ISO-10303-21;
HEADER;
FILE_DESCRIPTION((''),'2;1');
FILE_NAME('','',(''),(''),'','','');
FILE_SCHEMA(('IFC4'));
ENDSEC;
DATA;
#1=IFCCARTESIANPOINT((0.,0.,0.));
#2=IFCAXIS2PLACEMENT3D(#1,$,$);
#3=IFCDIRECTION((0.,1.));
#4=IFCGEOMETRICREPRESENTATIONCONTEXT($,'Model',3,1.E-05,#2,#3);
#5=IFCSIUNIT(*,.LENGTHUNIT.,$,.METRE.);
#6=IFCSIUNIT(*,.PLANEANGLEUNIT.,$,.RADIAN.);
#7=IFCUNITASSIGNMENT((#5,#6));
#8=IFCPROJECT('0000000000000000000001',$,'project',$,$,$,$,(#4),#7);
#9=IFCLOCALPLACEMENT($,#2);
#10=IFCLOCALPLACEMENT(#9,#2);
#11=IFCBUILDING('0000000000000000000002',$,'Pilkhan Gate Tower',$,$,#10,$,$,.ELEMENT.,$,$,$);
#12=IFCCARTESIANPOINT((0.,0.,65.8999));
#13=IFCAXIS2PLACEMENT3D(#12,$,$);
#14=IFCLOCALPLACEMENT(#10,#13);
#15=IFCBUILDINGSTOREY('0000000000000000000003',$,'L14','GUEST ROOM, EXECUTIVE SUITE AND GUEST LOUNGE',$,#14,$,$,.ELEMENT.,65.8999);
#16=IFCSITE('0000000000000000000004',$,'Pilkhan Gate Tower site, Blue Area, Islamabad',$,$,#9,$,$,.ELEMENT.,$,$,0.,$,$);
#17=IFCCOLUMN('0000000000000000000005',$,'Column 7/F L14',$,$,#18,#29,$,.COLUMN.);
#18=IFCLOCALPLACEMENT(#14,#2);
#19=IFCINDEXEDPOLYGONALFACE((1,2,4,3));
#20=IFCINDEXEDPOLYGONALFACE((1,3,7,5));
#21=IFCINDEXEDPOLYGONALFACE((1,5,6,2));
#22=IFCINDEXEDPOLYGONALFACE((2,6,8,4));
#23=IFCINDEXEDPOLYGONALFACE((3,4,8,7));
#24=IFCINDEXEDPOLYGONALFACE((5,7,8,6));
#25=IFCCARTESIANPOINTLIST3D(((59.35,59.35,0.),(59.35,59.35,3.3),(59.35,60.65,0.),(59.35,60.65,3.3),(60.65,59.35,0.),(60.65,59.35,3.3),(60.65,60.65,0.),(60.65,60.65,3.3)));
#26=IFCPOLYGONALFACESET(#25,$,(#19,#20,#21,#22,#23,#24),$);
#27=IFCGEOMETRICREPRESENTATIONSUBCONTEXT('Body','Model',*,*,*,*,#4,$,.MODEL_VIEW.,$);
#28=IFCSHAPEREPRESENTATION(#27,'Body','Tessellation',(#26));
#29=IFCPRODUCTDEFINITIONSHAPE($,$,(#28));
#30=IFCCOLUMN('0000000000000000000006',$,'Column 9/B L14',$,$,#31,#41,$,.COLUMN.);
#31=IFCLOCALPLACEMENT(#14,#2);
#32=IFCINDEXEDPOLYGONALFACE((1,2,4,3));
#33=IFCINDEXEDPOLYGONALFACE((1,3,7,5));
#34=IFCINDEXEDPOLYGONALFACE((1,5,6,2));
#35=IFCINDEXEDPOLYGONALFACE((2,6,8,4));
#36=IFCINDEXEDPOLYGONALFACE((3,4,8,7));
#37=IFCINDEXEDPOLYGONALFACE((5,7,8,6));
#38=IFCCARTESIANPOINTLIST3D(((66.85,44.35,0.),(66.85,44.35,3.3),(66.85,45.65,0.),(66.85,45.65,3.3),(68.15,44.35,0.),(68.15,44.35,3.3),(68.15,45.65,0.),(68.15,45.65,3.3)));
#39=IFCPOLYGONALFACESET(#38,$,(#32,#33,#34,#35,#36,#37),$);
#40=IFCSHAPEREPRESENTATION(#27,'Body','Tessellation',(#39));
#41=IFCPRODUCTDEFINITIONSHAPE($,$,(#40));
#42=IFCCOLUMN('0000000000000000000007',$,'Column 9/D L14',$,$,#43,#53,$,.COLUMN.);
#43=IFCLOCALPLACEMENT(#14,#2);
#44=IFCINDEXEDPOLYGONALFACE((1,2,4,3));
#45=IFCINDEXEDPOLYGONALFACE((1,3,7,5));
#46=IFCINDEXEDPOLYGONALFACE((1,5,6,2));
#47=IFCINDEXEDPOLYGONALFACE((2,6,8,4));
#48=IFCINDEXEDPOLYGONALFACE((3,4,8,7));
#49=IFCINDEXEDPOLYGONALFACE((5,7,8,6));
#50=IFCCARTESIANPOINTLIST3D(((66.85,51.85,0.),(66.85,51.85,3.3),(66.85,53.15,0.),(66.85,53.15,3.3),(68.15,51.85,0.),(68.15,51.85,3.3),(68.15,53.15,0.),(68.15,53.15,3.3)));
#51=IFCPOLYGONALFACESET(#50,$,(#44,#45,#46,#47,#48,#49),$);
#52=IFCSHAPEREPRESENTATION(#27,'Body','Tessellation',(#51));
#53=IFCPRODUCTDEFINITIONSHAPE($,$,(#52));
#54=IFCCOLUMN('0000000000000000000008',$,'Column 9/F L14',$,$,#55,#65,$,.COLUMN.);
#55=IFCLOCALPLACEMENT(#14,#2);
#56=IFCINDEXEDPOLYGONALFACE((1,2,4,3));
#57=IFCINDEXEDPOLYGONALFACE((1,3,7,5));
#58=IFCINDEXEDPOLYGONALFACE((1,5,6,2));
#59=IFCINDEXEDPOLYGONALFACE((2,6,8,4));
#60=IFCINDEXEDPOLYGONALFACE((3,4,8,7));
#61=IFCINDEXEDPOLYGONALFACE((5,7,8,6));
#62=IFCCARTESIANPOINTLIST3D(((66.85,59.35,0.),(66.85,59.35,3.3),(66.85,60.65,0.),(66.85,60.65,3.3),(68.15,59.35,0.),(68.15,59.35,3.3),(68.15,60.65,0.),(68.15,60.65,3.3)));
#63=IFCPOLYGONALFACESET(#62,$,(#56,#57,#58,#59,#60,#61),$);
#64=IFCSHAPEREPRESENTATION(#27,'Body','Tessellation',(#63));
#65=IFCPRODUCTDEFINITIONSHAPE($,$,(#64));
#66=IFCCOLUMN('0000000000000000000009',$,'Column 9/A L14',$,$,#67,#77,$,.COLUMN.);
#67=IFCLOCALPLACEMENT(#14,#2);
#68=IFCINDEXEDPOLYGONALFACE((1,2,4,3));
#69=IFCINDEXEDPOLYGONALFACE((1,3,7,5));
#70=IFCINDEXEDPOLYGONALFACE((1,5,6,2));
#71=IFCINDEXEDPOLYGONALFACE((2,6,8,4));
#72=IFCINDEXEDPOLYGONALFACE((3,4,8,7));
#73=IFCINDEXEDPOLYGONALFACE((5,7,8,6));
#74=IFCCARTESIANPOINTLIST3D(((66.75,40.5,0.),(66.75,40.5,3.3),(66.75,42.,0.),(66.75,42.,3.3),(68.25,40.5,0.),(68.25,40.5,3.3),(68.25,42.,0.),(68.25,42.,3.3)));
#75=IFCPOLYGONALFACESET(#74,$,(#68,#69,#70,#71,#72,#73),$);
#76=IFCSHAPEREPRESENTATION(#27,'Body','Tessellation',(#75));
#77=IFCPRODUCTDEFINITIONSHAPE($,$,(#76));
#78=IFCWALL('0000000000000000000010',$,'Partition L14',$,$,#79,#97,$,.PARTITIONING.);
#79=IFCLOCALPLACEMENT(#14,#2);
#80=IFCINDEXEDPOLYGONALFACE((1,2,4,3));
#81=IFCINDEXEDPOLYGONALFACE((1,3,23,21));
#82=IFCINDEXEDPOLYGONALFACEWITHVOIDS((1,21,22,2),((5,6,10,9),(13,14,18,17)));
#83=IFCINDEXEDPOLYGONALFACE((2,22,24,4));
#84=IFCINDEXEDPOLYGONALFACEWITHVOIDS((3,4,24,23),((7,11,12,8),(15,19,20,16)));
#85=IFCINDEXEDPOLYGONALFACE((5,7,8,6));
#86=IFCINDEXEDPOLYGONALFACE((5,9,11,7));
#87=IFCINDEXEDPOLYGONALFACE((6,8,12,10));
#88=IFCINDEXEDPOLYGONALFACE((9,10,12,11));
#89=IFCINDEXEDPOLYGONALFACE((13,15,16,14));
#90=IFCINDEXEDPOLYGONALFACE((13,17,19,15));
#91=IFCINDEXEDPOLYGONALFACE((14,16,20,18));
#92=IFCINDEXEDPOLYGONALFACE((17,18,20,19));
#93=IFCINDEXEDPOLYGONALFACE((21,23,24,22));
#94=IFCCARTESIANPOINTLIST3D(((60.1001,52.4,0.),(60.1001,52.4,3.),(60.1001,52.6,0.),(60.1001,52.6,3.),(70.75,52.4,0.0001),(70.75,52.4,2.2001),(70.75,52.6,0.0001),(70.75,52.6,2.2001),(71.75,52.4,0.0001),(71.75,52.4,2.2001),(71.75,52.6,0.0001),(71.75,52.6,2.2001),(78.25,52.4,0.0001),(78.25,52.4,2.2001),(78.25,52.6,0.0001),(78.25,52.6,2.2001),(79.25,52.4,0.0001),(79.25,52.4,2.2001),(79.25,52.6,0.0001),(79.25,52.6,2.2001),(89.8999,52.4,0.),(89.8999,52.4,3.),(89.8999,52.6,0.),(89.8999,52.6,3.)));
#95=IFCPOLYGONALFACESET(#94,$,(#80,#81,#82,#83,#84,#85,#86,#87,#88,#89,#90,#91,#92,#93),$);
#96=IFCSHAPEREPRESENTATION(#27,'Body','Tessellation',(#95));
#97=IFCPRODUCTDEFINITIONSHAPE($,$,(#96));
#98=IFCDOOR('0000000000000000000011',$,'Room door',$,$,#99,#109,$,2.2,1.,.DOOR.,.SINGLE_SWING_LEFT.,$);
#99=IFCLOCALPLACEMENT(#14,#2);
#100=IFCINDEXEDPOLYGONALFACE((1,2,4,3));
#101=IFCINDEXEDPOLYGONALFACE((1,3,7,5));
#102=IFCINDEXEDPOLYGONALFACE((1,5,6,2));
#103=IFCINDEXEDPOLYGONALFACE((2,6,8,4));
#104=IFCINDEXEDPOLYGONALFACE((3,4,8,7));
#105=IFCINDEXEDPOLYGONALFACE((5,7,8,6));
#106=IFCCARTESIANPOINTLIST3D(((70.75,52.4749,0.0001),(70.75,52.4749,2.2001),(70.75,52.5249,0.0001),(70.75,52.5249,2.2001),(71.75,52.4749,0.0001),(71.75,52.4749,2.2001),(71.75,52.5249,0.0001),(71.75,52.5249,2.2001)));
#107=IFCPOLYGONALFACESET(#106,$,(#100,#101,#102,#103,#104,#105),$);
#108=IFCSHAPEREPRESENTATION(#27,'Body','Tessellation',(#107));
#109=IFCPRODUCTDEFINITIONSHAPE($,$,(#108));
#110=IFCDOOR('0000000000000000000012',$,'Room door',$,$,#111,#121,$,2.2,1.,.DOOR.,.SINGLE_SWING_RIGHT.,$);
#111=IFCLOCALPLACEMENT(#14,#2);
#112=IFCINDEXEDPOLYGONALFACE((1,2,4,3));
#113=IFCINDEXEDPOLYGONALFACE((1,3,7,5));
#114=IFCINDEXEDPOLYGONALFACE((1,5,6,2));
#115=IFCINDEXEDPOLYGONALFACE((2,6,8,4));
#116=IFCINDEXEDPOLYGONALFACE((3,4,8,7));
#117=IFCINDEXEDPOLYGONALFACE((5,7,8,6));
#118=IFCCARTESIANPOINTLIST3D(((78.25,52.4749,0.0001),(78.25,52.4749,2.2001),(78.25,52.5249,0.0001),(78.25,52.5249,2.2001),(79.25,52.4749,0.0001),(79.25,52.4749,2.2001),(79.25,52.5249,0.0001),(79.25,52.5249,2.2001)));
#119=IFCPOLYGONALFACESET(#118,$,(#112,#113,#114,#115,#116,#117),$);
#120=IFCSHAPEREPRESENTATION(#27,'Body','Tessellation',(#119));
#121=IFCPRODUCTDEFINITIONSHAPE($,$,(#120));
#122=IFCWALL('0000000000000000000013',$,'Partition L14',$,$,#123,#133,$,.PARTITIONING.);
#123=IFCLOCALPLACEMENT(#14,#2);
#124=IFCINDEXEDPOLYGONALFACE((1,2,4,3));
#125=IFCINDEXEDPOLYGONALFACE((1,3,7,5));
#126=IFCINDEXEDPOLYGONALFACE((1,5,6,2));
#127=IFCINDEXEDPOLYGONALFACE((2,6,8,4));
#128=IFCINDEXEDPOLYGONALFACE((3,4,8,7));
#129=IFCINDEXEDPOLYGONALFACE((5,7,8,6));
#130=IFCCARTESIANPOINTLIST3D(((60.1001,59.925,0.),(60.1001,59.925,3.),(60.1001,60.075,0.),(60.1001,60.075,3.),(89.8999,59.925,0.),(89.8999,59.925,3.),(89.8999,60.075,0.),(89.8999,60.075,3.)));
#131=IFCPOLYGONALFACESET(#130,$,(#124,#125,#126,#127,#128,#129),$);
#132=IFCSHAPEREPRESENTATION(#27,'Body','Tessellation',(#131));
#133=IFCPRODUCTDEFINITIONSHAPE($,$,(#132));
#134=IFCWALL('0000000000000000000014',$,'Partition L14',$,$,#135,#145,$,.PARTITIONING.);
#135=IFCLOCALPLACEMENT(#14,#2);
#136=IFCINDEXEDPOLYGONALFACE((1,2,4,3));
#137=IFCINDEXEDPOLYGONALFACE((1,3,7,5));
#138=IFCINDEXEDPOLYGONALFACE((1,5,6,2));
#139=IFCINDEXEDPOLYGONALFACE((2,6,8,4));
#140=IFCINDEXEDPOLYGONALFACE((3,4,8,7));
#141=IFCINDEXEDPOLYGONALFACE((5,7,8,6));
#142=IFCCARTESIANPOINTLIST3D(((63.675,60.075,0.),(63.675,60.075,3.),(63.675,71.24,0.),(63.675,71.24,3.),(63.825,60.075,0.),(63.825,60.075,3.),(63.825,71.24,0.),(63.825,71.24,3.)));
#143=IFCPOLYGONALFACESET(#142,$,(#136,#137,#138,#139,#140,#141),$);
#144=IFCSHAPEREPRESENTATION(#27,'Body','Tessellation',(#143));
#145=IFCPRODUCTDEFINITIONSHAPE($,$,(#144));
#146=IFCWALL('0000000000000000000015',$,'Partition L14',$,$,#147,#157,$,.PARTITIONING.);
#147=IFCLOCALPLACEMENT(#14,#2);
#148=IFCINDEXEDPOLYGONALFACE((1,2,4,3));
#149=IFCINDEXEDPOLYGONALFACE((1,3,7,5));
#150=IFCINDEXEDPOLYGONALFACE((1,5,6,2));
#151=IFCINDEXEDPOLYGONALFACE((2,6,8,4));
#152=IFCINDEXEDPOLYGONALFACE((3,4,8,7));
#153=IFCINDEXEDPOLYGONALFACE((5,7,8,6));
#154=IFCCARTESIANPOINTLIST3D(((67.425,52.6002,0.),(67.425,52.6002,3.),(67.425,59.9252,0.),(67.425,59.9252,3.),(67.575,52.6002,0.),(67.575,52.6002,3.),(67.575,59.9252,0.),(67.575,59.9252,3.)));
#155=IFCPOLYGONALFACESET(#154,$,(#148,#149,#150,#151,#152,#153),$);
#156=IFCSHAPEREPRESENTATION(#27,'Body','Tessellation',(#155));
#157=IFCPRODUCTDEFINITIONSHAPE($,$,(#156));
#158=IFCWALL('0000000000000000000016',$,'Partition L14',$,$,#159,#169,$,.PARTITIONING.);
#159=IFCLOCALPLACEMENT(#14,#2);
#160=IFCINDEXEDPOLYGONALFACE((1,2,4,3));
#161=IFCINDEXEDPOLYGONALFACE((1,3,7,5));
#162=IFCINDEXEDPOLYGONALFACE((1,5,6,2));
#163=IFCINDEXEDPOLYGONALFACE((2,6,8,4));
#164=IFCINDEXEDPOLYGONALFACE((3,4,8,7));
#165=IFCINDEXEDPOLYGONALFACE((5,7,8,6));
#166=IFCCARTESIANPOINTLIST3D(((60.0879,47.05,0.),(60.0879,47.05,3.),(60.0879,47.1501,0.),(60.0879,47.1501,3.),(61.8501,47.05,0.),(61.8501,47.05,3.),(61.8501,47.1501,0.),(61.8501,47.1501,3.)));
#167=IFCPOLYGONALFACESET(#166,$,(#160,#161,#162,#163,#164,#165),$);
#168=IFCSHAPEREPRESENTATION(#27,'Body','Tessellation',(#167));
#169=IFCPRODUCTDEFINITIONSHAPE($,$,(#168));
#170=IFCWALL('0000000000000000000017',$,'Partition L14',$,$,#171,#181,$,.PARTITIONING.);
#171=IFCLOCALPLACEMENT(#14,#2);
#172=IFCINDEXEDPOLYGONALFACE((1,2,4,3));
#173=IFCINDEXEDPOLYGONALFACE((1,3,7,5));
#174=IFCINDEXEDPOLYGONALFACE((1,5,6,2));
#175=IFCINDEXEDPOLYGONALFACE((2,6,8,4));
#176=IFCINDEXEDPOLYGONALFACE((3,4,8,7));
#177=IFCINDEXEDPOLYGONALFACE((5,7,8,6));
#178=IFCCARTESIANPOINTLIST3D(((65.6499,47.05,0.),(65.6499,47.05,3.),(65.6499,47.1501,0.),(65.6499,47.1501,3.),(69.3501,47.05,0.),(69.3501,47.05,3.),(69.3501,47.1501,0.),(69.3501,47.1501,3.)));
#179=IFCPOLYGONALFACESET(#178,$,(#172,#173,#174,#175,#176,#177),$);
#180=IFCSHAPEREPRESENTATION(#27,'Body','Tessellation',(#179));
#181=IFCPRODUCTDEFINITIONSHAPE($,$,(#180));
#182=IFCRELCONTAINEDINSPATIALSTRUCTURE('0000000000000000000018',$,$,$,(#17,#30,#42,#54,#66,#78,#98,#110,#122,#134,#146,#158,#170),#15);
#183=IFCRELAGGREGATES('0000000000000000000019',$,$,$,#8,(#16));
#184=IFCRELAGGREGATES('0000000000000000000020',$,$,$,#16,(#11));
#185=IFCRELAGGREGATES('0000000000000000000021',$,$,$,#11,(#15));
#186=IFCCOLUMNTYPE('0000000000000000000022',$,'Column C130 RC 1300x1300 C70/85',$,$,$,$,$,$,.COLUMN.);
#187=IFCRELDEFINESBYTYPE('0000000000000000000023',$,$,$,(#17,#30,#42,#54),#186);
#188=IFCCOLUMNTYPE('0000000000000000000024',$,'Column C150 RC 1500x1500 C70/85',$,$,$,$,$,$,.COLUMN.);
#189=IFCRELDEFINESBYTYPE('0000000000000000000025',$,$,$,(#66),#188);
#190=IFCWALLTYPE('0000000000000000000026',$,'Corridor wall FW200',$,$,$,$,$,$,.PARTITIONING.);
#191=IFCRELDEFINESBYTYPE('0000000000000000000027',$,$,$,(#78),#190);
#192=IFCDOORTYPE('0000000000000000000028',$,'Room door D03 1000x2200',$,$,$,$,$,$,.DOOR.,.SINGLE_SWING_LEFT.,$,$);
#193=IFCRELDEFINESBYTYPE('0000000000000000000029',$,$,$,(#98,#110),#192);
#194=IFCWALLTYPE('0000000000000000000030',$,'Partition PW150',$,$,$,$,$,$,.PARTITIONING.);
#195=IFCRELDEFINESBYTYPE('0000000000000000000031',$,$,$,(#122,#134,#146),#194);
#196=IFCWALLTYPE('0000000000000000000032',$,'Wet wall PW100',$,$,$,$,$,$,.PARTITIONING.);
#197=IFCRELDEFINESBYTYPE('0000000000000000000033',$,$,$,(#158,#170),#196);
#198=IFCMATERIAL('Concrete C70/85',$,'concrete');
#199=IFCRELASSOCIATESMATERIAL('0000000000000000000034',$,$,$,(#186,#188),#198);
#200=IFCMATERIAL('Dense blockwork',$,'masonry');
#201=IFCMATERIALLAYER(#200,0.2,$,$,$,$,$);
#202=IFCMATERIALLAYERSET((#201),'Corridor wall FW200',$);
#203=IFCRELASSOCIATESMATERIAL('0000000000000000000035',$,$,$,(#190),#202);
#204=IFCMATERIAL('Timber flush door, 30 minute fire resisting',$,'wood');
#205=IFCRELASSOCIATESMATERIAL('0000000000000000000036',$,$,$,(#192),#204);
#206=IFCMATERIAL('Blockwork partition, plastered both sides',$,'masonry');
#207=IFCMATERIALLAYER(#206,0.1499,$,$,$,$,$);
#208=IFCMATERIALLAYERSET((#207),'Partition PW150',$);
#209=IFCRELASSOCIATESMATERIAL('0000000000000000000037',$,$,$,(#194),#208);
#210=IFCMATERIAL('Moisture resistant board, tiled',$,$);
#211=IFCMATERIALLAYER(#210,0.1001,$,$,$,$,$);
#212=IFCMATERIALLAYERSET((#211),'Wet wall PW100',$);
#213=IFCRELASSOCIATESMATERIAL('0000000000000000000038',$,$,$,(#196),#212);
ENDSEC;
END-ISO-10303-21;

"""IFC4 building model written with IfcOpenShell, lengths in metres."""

from ifc_helpers import new_model, si_unit, direction, frame, frame_2d, origin, origin_2d, place, context, subcontext, project, spatial, rectangle, extrude, material, layer, layer_set, material_profile, profile_set, type_object, element, fill, save


model = new_model("IFC4")

# Units and contexts
model_context = context("Model", 3, precision=1e-05, world=origin(), true_north=direction((0.0, 1.0)))
body_context = subcontext(model_context, "Body", "Model", "MODEL_VIEW")
ifc_project = project(units=[si_unit("LENGTHUNIT", "METRE"), si_unit("PLANEANGLEUNIT", "RADIAN")], contexts=[model_context])

# Site, building, storey
site_placement = place(None, origin())
site = spatial("IfcSite", under=ifc_project, at=site_placement, Name="Pilkhan Gate Tower site, Blue Area, Islamabad", CompositionType="ELEMENT", RefElevation=0.0)
building_placement = place(site_placement, origin())
building = spatial("IfcBuilding", under=site, at=building_placement, Name="Pilkhan Gate Tower", CompositionType="ELEMENT")
storey_placement = place(building_placement, frame((0.0, 0.0, 65.8999)))
storey = spatial("IfcBuildingStorey", under=building, at=storey_placement, Name="L14", Description="GUEST ROOM, EXECUTIVE SUITE AND GUEST LOUNGE", CompositionType="ELEMENT", Elevation=65.8999)

# Columns
ifc_material_1 = material(Name="Concrete C70/85", Category="concrete")
ifc_material_profile_1 = material_profile(ifc_material_1, rectangle(XDim=1.3, YDim=1.3, at=origin_2d()), Name="RC 1300x1300")
ifc_profile_set_1 = profile_set([ifc_material_profile_1], Name="Concrete C70/85")
column_type_1 = type_object("IfcColumnType", Name="Column C130 RC 1300x1300 C70/85", PredefinedType="COLUMN", material=ifc_profile_set_1)
for number, where, z_axis, x_axis, name in (
    (1, (60.0, 60.0, 0.0), (0.0, 0.0, 1.0), (1.0, 0.0, 0.0), "Column 7/F L14"),
    (2, (67.5, 45.0, 0.0), (0.0, 0.0, 1.0), (1.0, 0.0, 0.0), "Column 9/B L14"),
    (3, (67.5, 52.5, 0.0), (0.0, 0.0, 1.0), (1.0, 0.0, 0.0), "Column 9/D L14"),
    (4, (67.5, 60.0, 0.0), (0.0, 0.0, 1.0), (1.0, 0.0, 0.0), "Column 9/F L14"),
):
    element("IfcColumn", number, at=place(storey_placement, frame(where, z_axis=z_axis, x_axis=x_axis)), inside=storey, type_object=column_type_1, Name=name, PredefinedType="COLUMN", context=body_context, shape_type="SweptSolid", body=[
        extrude(rectangle(XDim=1.3, YDim=1.3, at=origin_2d()), origin(), (0.0, 0.0, 1.0), 3.3),
    ])
ifc_material_profile_2 = material_profile(ifc_material_1, rectangle(XDim=1.5, YDim=1.5, at=origin_2d()), Name="RC 1500x1500")
ifc_profile_set_2 = profile_set([ifc_material_profile_2], Name="Concrete C70/85")
column_type_2 = type_object("IfcColumnType", Name="Column C150 RC 1500x1500 C70/85", PredefinedType="COLUMN", material=ifc_profile_set_2)
column_placement = place(storey_placement, frame((67.5, 41.25, 0.0), z_axis=(0.0, 0.0, 1.0), x_axis=(1.0, 0.0, 0.0)))
element("IfcColumn", 5, at=column_placement, inside=storey, type_object=column_type_2, Name="Column 9/A L14", PredefinedType="COLUMN", context=body_context, shape_type="SweptSolid", body=[
    extrude(rectangle(XDim=1.5, YDim=1.5, at=origin_2d()), origin(), (0.0, 0.0, 1.0), 3.3),
])

# Wall, openings, doors
ifc_material_2 = material(Name="Dense blockwork", Category="masonry")
ifc_layer_1 = layer(ifc_material_2, 0.2)
ifc_layer_set_1 = layer_set([ifc_layer_1], Name="Corridor wall FW200")
wall_type_1 = type_object("IfcWallType", Name="Corridor wall FW200", PredefinedType="PARTITIONING", material=ifc_layer_set_1)
wall_1_placement = place(storey_placement, frame((60.1001, 52.5, 0.0), z_axis=(0.0, 0.0, 1.0), x_axis=(1.0, 0.0, 0.0)))
wall_1 = element("IfcWall", 6, at=wall_1_placement, inside=storey, type_object=wall_type_1, Name="Partition L14", PredefinedType="PARTITIONING", context=body_context, shape_type="SweptSolid", body=[
    extrude(rectangle(XDim=29.7998, YDim=0.2, at=frame_2d((14.8999, 0.0))), origin(), (0.0, 0.0, 1.0), 3.0),
])
opening_1_placement = place(wall_1_placement, frame((10.6499, 0.0, 0.0)))
opening_1 = element("IfcOpeningElement", 7, at=opening_1_placement, cuts=wall_1, PredefinedType="OPENING", context=body_context, shape_type="SweptSolid", body=[
    extrude(rectangle(XDim=1.0, YDim=2.2, at=frame_2d((0.5, 1.1001))), frame((0.0, 0.1099, 0.0), z_axis=(0.0, -1.0, 0.0), x_axis=(1.0, 0.0, 0.0)), (0.0, 0.0, 1.0), 0.22),
])
opening_2_placement = place(wall_1_placement, frame((18.1499, 0.0, 0.0)))
opening_2 = element("IfcOpeningElement", 8, at=opening_2_placement, cuts=wall_1, PredefinedType="OPENING", context=body_context, shape_type="SweptSolid", body=[
    extrude(rectangle(XDim=1.0, YDim=2.2, at=frame_2d((0.5, 1.1001))), frame((0.0, 0.1099, 0.0), z_axis=(0.0, -1.0, 0.0), x_axis=(1.0, 0.0, 0.0)), (0.0, 0.0, 1.0), 0.22),
])
ifc_material_3 = material(Name="Timber flush door, 30 minute fire resisting", Category="wood")
door_type_1 = type_object("IfcDoorType", Name="Room door D03 1000x2200", OperationType="SINGLE_SWING_LEFT", PredefinedType="DOOR", material=ifc_material_3)
door_1_placement = place(opening_1_placement, origin())
door_1 = element("IfcDoor", 9, at=door_1_placement, inside=storey, type_object=door_type_1, Name="Room door", OperationType="SINGLE_SWING_LEFT", OverallHeight=2.2, OverallWidth=1.0, PredefinedType="DOOR", context=body_context, shape_type="SweptSolid", body=[
    extrude(rectangle(XDim=1.0, YDim=2.2, at=frame_2d((0.5, 1.1001))), frame((0.0, 0.0249, 0.0), z_axis=(0.0, -1.0, 0.0), x_axis=(1.0, 0.0, 0.0)), (0.0, 0.0, 1.0), 0.05),
])
fill(opening_1, door_1)
door_2_placement = place(opening_2_placement, origin())
door_2 = element("IfcDoor", 10, at=door_2_placement, inside=storey, type_object=door_type_1, Name="Room door", OperationType="SINGLE_SWING_RIGHT", OverallHeight=2.2, OverallWidth=1.0, PredefinedType="DOOR", context=body_context, shape_type="SweptSolid", body=[
    extrude(rectangle(XDim=1.0, YDim=2.2, at=frame_2d((0.5, 1.1001))), frame((0.0, 0.0249, 0.0), z_axis=(0.0, -1.0, 0.0), x_axis=(1.0, 0.0, 0.0)), (0.0, 0.0, 1.0), 0.05),
])
fill(opening_2, door_2)

# Walls
ifc_material_4 = material(Name="Blockwork partition, plastered both sides", Category="masonry")
ifc_layer_2 = layer(ifc_material_4, 0.1499)
ifc_layer_set_2 = layer_set([ifc_layer_2], Name="Partition PW150")
wall_type_2 = type_object("IfcWallType", Name="Partition PW150", PredefinedType="PARTITIONING", material=ifc_layer_set_2)
wall_2_placement = place(storey_placement, frame((60.1001, 60.0, 0.0), z_axis=(0.0, 0.0, 1.0), x_axis=(1.0, 0.0, 0.0)))
element("IfcWall", 11, at=wall_2_placement, inside=storey, type_object=wall_type_2, Name="Partition L14", PredefinedType="PARTITIONING", context=body_context, shape_type="SweptSolid", body=[
    extrude(rectangle(XDim=29.7998, YDim=0.1499, at=frame_2d((14.8999, 0.0))), origin(), (0.0, 0.0, 1.0), 3.0),
])
wall_3_placement = place(storey_placement, frame((63.75, 60.075, 0.0), z_axis=(0.0, 0.0, 1.0), x_axis=(0.0, 1.0, 0.0)))
element("IfcWall", 12, at=wall_3_placement, inside=storey, type_object=wall_type_2, Name="Partition L14", PredefinedType="PARTITIONING", context=body_context, shape_type="SweptSolid", body=[
    extrude(rectangle(XDim=11.165, YDim=0.1499, at=frame_2d((5.5825, 0.0))), origin(), (0.0, 0.0, 1.0), 3.0),
])
wall_4_placement = place(storey_placement, frame((67.5, 52.6001, 0.0), z_axis=(0.0, 0.0, 1.0), x_axis=(0.0, 1.0, 0.0)))
element("IfcWall", 13, at=wall_4_placement, inside=storey, type_object=wall_type_2, Name="Partition L14", PredefinedType="PARTITIONING", context=body_context, shape_type="SweptSolid", body=[
    extrude(rectangle(XDim=7.325, YDim=0.1499, at=frame_2d((3.6626, 0.0))), origin(), (0.0, 0.0, 1.0), 3.0),
])
ifc_material_5 = material(Name="Moisture resistant board, tiled")
ifc_layer_3 = layer(ifc_material_5, 0.1001)
ifc_layer_set_3 = layer_set([ifc_layer_3], Name="Wet wall PW100")
wall_type_3 = type_object("IfcWallType", Name="Wet wall PW100", PredefinedType="PARTITIONING", material=ifc_layer_set_3)
wall_5_placement = place(storey_placement, frame((60.0879, 47.1001, 0.0), z_axis=(0.0, 0.0, 1.0), x_axis=(1.0, 0.0, 0.0)))
element("IfcWall", 14, at=wall_5_placement, inside=storey, type_object=wall_type_3, Name="Partition L14", PredefinedType="PARTITIONING", context=body_context, shape_type="SweptSolid", body=[
    extrude(rectangle(XDim=1.7622, YDim=0.1001, at=frame_2d((0.8811, 0.0))), origin(), (0.0, 0.0, 1.0), 3.0),
])
for number, where, z_axis, x_axis, name in (
    (15, (65.6499, 47.1001, 0.0), (0.0, 0.0, 1.0), (1.0, 0.0, 0.0), "Partition L14"),
):
    element("IfcWall", number, at=place(storey_placement, frame(where, z_axis=z_axis, x_axis=x_axis)), inside=storey, type_object=wall_type_3, Name=name, PredefinedType="PARTITIONING", context=body_context, shape_type="SweptSolid", body=[
        extrude(rectangle(XDim=3.7002, YDim=0.1001, at=frame_2d((1.8501, 0.0))), origin(), (0.0, 0.0, 1.0), 3.0),
    ])

save(model, "model.ifc")
